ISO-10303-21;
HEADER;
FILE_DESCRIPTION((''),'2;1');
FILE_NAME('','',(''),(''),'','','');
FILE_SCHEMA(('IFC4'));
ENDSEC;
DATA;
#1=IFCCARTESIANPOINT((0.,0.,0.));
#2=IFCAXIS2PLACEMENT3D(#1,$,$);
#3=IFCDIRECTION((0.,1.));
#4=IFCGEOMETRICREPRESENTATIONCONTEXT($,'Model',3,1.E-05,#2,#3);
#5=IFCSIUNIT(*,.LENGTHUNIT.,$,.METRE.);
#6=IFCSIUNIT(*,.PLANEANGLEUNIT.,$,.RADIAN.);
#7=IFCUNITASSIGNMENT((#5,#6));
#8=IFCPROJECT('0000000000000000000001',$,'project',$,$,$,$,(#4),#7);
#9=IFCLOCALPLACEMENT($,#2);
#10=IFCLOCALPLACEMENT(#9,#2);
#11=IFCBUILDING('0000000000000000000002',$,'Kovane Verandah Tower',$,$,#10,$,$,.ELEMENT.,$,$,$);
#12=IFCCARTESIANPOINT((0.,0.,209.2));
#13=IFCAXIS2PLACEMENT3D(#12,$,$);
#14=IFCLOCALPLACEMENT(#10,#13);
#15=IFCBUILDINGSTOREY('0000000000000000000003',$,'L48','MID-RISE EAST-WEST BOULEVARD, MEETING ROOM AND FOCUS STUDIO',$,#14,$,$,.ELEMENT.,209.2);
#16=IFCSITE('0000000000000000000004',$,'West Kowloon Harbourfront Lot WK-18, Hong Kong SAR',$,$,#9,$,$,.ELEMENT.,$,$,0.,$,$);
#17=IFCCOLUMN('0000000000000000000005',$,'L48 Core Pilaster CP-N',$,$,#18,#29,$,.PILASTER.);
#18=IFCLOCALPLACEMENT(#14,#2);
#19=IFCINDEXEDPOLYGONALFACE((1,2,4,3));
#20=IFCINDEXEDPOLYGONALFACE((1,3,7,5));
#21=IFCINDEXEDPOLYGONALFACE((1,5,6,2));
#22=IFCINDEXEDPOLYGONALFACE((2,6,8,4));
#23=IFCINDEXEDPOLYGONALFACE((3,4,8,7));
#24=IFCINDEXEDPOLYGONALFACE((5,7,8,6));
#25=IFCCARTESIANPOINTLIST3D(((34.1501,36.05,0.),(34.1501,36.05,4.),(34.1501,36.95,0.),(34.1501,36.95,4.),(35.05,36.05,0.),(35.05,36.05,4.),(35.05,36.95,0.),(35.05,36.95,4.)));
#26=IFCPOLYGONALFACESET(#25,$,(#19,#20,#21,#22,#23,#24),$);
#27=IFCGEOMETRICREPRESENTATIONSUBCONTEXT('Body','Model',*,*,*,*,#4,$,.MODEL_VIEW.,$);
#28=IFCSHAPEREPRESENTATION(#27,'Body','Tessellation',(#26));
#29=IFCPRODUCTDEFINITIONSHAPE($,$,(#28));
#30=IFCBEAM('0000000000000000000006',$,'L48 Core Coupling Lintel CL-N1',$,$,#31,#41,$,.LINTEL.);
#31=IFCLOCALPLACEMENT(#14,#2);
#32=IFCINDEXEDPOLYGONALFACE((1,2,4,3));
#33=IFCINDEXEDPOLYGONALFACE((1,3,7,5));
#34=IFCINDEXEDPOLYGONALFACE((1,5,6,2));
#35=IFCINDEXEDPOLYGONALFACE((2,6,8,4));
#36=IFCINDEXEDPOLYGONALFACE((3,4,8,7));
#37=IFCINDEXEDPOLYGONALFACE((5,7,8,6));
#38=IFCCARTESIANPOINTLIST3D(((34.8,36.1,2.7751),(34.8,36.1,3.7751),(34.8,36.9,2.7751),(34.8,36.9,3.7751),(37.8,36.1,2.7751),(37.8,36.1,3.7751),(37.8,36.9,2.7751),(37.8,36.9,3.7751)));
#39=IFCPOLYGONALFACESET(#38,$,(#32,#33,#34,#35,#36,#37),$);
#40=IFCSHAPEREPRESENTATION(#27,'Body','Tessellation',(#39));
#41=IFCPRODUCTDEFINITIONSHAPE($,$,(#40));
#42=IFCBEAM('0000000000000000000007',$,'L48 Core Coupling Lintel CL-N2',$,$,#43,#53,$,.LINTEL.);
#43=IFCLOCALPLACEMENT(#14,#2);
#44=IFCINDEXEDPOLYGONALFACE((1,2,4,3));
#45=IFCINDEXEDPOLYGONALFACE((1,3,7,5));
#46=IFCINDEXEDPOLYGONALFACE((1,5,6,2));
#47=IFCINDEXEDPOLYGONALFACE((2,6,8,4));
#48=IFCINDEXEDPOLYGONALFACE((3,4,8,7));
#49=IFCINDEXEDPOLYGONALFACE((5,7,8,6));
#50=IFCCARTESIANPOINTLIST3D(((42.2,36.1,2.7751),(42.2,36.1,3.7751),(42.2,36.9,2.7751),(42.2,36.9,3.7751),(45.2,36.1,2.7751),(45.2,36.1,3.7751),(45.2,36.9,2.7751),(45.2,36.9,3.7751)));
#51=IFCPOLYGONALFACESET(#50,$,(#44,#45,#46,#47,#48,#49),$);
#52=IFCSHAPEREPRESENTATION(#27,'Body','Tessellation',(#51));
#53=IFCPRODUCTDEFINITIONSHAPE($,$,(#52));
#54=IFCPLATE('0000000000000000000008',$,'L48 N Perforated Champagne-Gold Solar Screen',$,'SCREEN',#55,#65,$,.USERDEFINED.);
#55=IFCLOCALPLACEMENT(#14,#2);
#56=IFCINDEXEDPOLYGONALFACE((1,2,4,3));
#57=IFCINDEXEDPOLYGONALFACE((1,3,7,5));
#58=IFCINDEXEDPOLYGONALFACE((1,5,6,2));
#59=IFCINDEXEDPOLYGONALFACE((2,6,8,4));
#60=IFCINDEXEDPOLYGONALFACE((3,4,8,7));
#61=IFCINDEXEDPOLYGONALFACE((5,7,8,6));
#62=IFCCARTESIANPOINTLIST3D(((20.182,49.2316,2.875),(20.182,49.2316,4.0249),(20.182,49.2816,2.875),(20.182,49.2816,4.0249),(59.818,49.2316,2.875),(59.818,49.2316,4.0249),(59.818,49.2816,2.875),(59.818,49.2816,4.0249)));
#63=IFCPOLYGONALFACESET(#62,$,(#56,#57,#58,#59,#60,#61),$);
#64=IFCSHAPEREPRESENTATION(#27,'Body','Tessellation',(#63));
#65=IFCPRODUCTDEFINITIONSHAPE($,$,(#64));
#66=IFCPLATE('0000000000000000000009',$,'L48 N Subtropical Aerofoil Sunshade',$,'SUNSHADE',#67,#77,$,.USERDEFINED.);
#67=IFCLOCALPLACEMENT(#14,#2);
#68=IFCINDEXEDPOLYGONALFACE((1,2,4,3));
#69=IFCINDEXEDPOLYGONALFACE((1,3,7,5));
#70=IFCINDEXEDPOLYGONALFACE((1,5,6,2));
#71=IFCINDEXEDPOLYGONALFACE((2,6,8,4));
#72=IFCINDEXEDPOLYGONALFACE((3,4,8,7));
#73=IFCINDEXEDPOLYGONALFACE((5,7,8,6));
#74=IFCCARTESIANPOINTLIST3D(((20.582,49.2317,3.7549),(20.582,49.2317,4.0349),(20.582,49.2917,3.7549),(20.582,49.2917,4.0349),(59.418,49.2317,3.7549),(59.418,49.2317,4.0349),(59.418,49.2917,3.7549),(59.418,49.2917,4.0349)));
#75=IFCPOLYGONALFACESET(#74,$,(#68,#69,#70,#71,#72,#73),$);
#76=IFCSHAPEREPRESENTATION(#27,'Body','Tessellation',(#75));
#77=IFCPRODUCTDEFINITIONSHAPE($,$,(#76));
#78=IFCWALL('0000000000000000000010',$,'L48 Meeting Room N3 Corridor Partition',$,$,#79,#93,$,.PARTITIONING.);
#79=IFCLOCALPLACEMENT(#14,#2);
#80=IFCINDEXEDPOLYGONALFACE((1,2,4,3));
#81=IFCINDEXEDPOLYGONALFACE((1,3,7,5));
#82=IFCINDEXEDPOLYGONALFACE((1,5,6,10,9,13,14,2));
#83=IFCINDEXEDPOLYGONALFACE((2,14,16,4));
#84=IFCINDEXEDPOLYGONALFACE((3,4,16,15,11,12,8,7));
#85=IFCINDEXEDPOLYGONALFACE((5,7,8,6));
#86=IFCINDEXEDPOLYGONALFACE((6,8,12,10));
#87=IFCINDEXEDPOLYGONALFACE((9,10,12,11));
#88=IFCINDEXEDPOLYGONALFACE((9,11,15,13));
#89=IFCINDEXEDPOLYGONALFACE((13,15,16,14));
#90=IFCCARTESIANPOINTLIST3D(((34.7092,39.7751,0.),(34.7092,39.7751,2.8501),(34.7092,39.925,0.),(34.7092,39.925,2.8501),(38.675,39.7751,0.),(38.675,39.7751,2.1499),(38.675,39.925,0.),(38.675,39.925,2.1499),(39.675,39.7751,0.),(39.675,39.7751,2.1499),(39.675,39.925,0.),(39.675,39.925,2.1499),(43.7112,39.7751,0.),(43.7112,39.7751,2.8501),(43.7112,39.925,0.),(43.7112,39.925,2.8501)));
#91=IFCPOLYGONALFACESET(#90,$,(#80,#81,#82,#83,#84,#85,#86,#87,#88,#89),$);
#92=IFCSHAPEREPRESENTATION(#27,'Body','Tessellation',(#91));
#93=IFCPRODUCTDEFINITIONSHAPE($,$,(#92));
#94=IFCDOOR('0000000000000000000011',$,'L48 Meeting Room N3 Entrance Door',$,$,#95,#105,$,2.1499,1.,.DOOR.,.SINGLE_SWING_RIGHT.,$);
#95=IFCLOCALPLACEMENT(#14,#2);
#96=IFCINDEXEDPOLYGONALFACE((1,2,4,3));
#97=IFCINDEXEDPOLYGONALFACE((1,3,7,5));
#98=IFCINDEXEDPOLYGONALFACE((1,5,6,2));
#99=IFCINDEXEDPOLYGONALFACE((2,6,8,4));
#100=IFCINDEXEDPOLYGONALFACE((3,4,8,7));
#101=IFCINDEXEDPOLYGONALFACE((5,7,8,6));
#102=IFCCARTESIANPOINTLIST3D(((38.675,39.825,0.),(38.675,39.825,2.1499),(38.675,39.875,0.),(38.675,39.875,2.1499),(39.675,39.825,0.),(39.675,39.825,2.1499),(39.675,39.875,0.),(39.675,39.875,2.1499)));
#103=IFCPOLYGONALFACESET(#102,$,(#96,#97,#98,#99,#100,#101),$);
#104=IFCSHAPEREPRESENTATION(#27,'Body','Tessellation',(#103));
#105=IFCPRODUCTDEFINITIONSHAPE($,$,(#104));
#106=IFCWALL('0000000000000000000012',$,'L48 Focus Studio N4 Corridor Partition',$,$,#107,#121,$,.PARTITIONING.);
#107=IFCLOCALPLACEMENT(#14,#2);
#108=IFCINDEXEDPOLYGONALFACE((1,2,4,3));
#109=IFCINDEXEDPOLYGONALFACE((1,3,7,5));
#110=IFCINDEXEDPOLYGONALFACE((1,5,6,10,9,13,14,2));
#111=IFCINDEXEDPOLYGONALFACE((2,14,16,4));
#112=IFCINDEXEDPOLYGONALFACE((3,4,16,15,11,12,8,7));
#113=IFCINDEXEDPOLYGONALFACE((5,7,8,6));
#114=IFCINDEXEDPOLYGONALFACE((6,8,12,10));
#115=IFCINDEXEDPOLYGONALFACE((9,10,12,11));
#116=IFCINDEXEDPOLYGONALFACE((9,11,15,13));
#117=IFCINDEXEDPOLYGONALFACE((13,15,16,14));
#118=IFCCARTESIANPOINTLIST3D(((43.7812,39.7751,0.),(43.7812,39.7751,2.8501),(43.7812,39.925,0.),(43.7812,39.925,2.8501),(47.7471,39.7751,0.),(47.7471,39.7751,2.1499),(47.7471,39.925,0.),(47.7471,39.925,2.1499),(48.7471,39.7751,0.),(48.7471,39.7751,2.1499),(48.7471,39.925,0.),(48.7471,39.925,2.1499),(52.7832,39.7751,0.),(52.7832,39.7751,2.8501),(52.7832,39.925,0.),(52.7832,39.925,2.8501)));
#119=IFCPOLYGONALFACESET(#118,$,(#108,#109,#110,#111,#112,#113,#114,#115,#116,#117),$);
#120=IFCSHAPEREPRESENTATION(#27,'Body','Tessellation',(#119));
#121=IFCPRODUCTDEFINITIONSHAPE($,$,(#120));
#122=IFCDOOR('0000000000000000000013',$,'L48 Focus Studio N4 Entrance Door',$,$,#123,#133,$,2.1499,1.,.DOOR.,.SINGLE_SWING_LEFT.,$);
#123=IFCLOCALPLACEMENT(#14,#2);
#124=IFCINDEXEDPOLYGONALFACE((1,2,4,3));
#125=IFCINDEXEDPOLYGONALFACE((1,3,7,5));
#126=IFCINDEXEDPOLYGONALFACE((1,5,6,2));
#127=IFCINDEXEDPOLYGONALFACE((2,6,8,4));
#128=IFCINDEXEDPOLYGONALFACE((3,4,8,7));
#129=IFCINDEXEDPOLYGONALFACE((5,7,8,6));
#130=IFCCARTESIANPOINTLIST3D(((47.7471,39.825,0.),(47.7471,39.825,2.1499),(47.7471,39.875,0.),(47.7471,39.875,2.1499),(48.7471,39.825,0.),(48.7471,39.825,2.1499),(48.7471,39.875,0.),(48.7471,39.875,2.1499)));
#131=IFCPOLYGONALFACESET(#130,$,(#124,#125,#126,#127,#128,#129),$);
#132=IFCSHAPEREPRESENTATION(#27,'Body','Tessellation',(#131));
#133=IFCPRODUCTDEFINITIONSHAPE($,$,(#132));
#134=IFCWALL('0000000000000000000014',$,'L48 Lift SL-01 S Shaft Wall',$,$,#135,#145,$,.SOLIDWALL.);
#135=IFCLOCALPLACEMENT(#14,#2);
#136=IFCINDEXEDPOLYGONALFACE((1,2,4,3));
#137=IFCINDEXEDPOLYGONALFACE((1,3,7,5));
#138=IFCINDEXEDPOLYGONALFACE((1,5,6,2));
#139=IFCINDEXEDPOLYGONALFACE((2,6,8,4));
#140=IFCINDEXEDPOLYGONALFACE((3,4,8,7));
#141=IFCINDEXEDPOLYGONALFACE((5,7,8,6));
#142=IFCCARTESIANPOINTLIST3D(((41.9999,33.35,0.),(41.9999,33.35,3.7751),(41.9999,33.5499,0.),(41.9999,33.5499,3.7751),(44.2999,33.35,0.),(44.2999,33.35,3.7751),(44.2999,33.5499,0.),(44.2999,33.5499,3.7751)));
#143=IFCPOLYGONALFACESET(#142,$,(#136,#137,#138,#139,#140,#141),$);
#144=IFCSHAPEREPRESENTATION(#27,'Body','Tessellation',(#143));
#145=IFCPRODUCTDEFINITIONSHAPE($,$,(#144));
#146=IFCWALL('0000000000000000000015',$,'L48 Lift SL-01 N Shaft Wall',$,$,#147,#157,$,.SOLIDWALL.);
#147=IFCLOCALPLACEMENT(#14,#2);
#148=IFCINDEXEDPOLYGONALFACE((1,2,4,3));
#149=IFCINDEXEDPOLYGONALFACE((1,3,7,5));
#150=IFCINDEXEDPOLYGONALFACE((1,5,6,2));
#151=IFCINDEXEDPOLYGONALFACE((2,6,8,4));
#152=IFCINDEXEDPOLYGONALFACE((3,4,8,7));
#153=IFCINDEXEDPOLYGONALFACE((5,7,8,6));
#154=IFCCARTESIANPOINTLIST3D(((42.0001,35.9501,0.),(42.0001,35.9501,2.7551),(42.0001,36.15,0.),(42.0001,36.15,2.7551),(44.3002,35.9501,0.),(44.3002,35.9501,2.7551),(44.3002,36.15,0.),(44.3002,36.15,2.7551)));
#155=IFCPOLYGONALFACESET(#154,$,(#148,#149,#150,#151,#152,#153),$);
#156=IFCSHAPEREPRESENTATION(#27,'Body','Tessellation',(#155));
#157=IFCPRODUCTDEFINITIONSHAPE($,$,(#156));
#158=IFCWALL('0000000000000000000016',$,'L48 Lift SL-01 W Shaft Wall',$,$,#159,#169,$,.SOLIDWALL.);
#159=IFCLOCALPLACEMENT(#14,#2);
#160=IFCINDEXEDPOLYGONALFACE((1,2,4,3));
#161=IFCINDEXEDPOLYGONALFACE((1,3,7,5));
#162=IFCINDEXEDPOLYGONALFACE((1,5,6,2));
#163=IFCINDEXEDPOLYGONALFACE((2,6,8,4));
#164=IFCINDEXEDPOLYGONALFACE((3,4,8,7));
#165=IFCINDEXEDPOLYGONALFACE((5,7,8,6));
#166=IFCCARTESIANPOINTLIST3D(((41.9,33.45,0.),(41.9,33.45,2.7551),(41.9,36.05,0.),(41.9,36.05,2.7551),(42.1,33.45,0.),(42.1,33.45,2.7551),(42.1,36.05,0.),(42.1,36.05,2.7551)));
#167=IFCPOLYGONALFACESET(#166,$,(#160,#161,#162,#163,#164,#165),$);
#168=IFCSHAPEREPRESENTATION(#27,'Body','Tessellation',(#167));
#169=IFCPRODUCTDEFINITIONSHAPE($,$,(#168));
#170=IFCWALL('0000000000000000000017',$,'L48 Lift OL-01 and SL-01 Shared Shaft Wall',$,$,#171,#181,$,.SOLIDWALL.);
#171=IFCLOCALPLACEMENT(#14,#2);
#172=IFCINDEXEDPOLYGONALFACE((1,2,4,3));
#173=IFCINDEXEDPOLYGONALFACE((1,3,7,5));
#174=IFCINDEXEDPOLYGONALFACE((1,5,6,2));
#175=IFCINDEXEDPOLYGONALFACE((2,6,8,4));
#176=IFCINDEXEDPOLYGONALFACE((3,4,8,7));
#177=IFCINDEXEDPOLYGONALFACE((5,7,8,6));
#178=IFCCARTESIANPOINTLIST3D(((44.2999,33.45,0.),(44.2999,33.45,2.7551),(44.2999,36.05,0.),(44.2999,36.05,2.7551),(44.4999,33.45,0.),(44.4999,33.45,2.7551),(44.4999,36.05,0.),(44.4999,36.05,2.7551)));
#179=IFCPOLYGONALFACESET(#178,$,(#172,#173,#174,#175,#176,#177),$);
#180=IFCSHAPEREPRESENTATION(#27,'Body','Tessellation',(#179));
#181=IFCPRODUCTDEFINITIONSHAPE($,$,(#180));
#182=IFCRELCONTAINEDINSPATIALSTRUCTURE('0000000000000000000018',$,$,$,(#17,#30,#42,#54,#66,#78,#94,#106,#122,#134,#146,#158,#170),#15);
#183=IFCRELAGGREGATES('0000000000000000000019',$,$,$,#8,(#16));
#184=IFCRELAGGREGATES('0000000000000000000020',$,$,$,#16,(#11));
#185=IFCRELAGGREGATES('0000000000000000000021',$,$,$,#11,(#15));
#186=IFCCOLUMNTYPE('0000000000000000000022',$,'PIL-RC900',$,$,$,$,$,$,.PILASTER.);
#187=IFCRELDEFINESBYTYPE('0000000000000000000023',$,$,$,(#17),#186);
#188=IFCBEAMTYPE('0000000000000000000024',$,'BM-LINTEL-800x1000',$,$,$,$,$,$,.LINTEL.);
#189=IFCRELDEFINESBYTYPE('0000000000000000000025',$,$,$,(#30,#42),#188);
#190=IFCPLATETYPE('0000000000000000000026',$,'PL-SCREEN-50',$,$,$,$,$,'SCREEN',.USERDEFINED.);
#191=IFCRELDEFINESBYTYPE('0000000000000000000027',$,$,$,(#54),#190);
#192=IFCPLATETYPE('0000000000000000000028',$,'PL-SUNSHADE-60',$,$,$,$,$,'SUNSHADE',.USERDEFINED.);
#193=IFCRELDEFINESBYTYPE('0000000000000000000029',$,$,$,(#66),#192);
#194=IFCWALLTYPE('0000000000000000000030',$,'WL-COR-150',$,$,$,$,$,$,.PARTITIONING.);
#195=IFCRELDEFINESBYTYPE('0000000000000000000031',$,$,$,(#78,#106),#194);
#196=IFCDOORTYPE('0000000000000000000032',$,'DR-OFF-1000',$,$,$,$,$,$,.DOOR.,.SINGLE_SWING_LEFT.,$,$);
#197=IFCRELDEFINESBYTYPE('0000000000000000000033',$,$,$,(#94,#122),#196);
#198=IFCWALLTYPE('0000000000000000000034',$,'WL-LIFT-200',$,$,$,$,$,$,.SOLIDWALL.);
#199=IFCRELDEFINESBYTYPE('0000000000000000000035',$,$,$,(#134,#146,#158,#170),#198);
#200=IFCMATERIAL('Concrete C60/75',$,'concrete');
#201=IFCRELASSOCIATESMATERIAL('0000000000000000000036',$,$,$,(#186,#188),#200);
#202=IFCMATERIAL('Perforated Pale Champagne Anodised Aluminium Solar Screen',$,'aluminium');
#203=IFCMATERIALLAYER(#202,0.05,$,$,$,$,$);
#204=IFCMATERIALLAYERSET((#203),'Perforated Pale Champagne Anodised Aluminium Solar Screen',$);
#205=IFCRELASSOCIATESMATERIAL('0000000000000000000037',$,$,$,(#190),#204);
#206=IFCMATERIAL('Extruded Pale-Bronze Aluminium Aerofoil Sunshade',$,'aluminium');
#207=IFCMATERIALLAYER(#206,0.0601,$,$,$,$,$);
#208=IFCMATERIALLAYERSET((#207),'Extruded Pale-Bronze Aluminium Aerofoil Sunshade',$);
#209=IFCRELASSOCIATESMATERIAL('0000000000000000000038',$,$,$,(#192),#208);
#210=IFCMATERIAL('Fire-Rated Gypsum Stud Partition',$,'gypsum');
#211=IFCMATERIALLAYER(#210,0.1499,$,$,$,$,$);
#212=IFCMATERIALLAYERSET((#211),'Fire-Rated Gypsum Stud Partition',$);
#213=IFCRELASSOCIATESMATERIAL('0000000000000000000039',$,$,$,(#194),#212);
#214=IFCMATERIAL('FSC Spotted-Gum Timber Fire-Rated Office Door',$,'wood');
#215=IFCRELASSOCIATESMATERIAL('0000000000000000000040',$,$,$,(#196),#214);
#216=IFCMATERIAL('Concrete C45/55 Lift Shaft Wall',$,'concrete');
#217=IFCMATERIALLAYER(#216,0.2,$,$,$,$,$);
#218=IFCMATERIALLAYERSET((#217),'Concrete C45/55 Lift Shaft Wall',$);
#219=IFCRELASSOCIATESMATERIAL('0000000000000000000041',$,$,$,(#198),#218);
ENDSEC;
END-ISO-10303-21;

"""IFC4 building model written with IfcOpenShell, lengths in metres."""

from ifc_helpers import new_model, si_unit, direction, frame, frame_2d, origin, origin_2d, place, context, subcontext, project, spatial, rectangle, extrude, material, layer, layer_set, material_profile, profile_set, type_object, element, fill, save


model = new_model("IFC4")

# Units and contexts
model_context = context("Model", 3, precision=1e-05, world=origin(), true_north=direction((0.0, 1.0)))
body_context = subcontext(model_context, "Body", "Model", "MODEL_VIEW")
ifc_project = project(units=[si_unit("LENGTHUNIT", "METRE"), si_unit("PLANEANGLEUNIT", "RADIAN")], contexts=[model_context])

# Site, building, storey
site_placement = place(None, origin())
site = spatial("IfcSite", under=ifc_project, at=site_placement, Name="West Kowloon Harbourfront Lot WK-18, Hong Kong SAR", CompositionType="ELEMENT", RefElevation=0.0)
building_placement = place(site_placement, origin())
building = spatial("IfcBuilding", under=site, at=building_placement, Name="Kovane Verandah Tower", CompositionType="ELEMENT")
storey_placement = place(building_placement, frame((0.0, 0.0, 209.2)))
storey = spatial("IfcBuildingStorey", under=building, at=storey_placement, Name="L48", Description="MID-RISE EAST-WEST BOULEVARD, MEETING ROOM AND FOCUS STUDIO", CompositionType="ELEMENT", Elevation=209.2)

# Column
ifc_material_1 = material(Name="Concrete C60/75", Category="concrete")
ifc_material_profile_1 = material_profile(ifc_material_1, rectangle(XDim=0.8999, YDim=0.8999, at=origin_2d()), Name="RC900x900")
ifc_profile_set_1 = profile_set([ifc_material_profile_1], Name="Concrete C60/75")
column_type = type_object("IfcColumnType", Name="PIL-RC900", PredefinedType="PILASTER", material=ifc_profile_set_1)
column_placement = place(storey_placement, frame((34.6001, 36.5, 0.0), z_axis=(0.0, 0.0, 1.0), x_axis=(1.0, 0.0, 0.0)))
element("IfcColumn", 1, at=column_placement, inside=storey, type_object=column_type, Name="L48 Core Pilaster CP-N", PredefinedType="PILASTER", context=body_context, shape_type="SweptSolid", body=[
    extrude(rectangle(XDim=0.8999, YDim=0.8999, at=origin_2d()), origin(), (0.0, 0.0, 1.0), 4.0),
])

# Beams
ifc_material_profile_2 = material_profile(ifc_material_1, rectangle(XDim=0.8, YDim=1.0, at=origin_2d()), Name="RCB800x1000")
ifc_profile_set_2 = profile_set([ifc_material_profile_2], Name="Concrete C60/75")
beam_type = type_object("IfcBeamType", Name="BM-LINTEL-800x1000", PredefinedType="LINTEL", material=ifc_profile_set_2)
for number, where, z_axis, x_axis, name in (
    (2, (34.8, 36.5, 3.2751), (1.0, 0.0, 0.0), (0.0, 1.0, 0.0), "L48 Core Coupling Lintel CL-N1"),
    (3, (42.2, 36.5, 3.2751), (1.0, 0.0, 0.0), (0.0, 1.0, 0.0), "L48 Core Coupling Lintel CL-N2"),
):
    element("IfcBeam", number, at=place(storey_placement, frame(where, z_axis=z_axis, x_axis=x_axis)), inside=storey, type_object=beam_type, Name=name, PredefinedType="LINTEL", context=body_context, shape_type="SweptSolid", body=[
        extrude(rectangle(XDim=0.8, YDim=1.0, at=origin_2d()), origin(), (0.0, 0.0, 1.0), 3.0),
    ])

# Plates
ifc_material_2 = material(Name="Perforated Pale Champagne Anodised Aluminium Solar Screen", Category="aluminium")
ifc_layer_1 = layer(ifc_material_2, 0.05)
ifc_layer_set_1 = layer_set([ifc_layer_1], Name="Perforated Pale Champagne Anodised Aluminium Solar Screen")
plate_type_1 = type_object("IfcPlateType", Name="PL-SCREEN-50", ElementType="SCREEN", PredefinedType="USERDEFINED", material=ifc_layer_set_1)
plate_1_placement = place(storey_placement, frame((40.0, 49.2566, 2.875), z_axis=(0.0, 0.0, 1.0), x_axis=(-1.0, 0.0, 0.0)))
element("IfcPlate", 4, at=plate_1_placement, inside=storey, type_object=plate_type_1, Name="L48 N Perforated Champagne-Gold Solar Screen", ObjectType="SCREEN", PredefinedType="USERDEFINED", context=body_context, shape_type="SweptSolid", body=[
    extrude(rectangle(XDim=39.636, YDim=0.05, at=origin_2d()), origin(), (0.0, 0.0, 1.0), 1.1499),
])
ifc_material_3 = material(Name="Extruded Pale-Bronze Aluminium Aerofoil Sunshade", Category="aluminium")
ifc_layer_2 = layer(ifc_material_3, 0.0601)
ifc_layer_set_2 = layer_set([ifc_layer_2], Name="Extruded Pale-Bronze Aluminium Aerofoil Sunshade")
plate_type_2 = type_object("IfcPlateType", Name="PL-SUNSHADE-60", ElementType="SUNSHADE", PredefinedType="USERDEFINED", material=ifc_layer_set_2)
plate_2_placement = place(storey_placement, frame((40.0, 49.2617, 3.7549), z_axis=(0.0, 0.0, 1.0), x_axis=(-1.0, 0.0, 0.0)))
element("IfcPlate", 5, at=plate_2_placement, inside=storey, type_object=plate_type_2, Name="L48 N Subtropical Aerofoil Sunshade", ObjectType="SUNSHADE", PredefinedType="USERDEFINED", context=body_context, shape_type="SweptSolid", body=[
    extrude(rectangle(XDim=38.8359, YDim=0.0601, at=origin_2d()), origin(), (0.0, 0.0, 1.0), 0.28),
])

# Walls, openings, doors
ifc_material_4 = material(Name="Fire-Rated Gypsum Stud Partition", Category="gypsum")
ifc_layer_3 = layer(ifc_material_4, 0.1499)
ifc_layer_set_3 = layer_set([ifc_layer_3], Name="Fire-Rated Gypsum Stud Partition")
wall_type_1 = type_object("IfcWallType", Name="WL-COR-150", PredefinedType="PARTITIONING", material=ifc_layer_set_3)
ifc_material_5 = material(Name="FSC Spotted-Gum Timber Fire-Rated Office Door", Category="wood")
door_type_1 = type_object("IfcDoorType", Name="DR-OFF-1000", OperationType="SINGLE_SWING_LEFT", PredefinedType="DOOR", material=ifc_material_5)
wall_1_placement = place(storey_placement, frame((34.7092, 39.8501, 0.0), z_axis=(0.0, 0.0, 1.0), x_axis=(1.0, 0.0, 0.0)))
wall_1 = element("IfcWall", 6, at=wall_1_placement, inside=storey, type_object=wall_type_1, Name="L48 Meeting Room N3 Corridor Partition", PredefinedType="PARTITIONING", context=body_context, shape_type="SweptSolid", body=[
    extrude(rectangle(XDim=9.002, YDim=0.1499, at=frame_2d((4.501, 0.0))), origin(), (0.0, 0.0, 1.0), 2.8501),
])
opening_1_placement = place(wall_1_placement, frame((3.9658, 0.0, 0.0)))
opening_1 = element("IfcOpeningElement", 7, at=opening_1_placement, cuts=wall_1, PredefinedType="OPENING", context=body_context, shape_type="SweptSolid", body=[
    extrude(rectangle(XDim=1.0, YDim=2.1499, at=frame_2d((0.5, 1.075))), frame((0.0, 0.075, 0.0), z_axis=(0.0, -1.0, 0.0), x_axis=(1.0, 0.0, 0.0)), (0.0, 0.0, 1.0), 0.1499),
])
door_1_placement = place(opening_1_placement, origin())
door_1 = element("IfcDoor", 8, at=door_1_placement, inside=storey, type_object=door_type_1, Name="L48 Meeting Room N3 Entrance Door", OperationType="SINGLE_SWING_RIGHT", OverallHeight=2.1499, OverallWidth=1.0, PredefinedType="DOOR", context=body_context, shape_type="SweptSolid", body=[
    extrude(rectangle(XDim=1.0, YDim=2.1499, at=frame_2d((0.5, 1.075))), frame((0.0, 0.0249, 0.0), z_axis=(0.0, -1.0, 0.0), x_axis=(1.0, 0.0, 0.0)), (0.0, 0.0, 1.0), 0.05),
])
fill(opening_1, door_1)
wall_2_placement = place(storey_placement, frame((43.7812, 39.8501, 0.0), z_axis=(0.0, 0.0, 1.0), x_axis=(1.0, 0.0, 0.0)))
wall_2 = element("IfcWall", 9, at=wall_2_placement, inside=storey, type_object=wall_type_1, Name="L48 Focus Studio N4 Corridor Partition", PredefinedType="PARTITIONING", context=body_context, shape_type="SweptSolid", body=[
    extrude(rectangle(XDim=9.002, YDim=0.1499, at=frame_2d((4.501, 0.0))), origin(), (0.0, 0.0, 1.0), 2.8501),
])
opening_2_placement = place(wall_2_placement, frame((3.9658, 0.0, 0.0)))
opening_2 = element("IfcOpeningElement", 10, at=opening_2_placement, cuts=wall_2, PredefinedType="OPENING", context=body_context, shape_type="SweptSolid", body=[
    extrude(rectangle(XDim=1.0, YDim=2.1499, at=frame_2d((0.5, 1.075))), frame((0.0, 0.075, 0.0), z_axis=(0.0, -1.0, 0.0), x_axis=(1.0, 0.0, 0.0)), (0.0, 0.0, 1.0), 0.1499),
])
door_2_placement = place(opening_2_placement, origin())
door_2 = element("IfcDoor", 11, at=door_2_placement, inside=storey, type_object=door_type_1, Name="L48 Focus Studio N4 Entrance Door", OperationType="SINGLE_SWING_LEFT", OverallHeight=2.1499, OverallWidth=1.0, PredefinedType="DOOR", context=body_context, shape_type="SweptSolid", body=[
    extrude(rectangle(XDim=1.0, YDim=2.1499, at=frame_2d((0.5, 1.075))), frame((0.0, 0.0249, 0.0), z_axis=(0.0, -1.0, 0.0), x_axis=(1.0, 0.0, 0.0)), (0.0, 0.0, 1.0), 0.05),
])
fill(opening_2, door_2)

# Walls
ifc_material_6 = material(Name="Concrete C45/55 Lift Shaft Wall", Category="concrete")
ifc_layer_4 = layer(ifc_material_6, 0.2)
ifc_layer_set_4 = layer_set([ifc_layer_4], Name="Concrete C45/55 Lift Shaft Wall")
wall_type_2 = type_object("IfcWallType", Name="WL-LIFT-200", PredefinedType="SOLIDWALL", material=ifc_layer_set_4)
wall_3_placement = place(storey_placement, frame((42.0, 33.45, 0.0), z_axis=(0.0, 0.0, 1.0), x_axis=(1.0, 0.0, 0.0)))
element("IfcWall", 12, at=wall_3_placement, inside=storey, type_object=wall_type_2, Name="L48 Lift SL-01 S Shaft Wall", PredefinedType="SOLIDWALL", context=body_context, shape_type="SweptSolid", body=[
    extrude(rectangle(XDim=2.3, YDim=0.2, at=frame_2d((1.1499, 0.0))), origin(), (0.0, 0.0, 1.0), 3.7751),
])
wall_4_placement = place(storey_placement, frame((44.3, 36.05, 0.0), z_axis=(0.0, 0.0, 1.0), x_axis=(-1.0, 0.0, 0.0)))
element("IfcWall", 13, at=wall_4_placement, inside=storey, type_object=wall_type_2, Name="L48 Lift SL-01 N Shaft Wall", PredefinedType="SOLIDWALL", context=body_context, shape_type="SweptSolid", body=[
    extrude(rectangle(XDim=2.3, YDim=0.2, at=frame_2d((1.1499, 0.0))), origin(), (0.0, 0.0, 1.0), 2.7551),
])
for number, where, z_axis, x_axis, name in (
    (14, (42.0, 36.05, 0.0), (0.0, 0.0, 1.0), (0.0, -1.0, 0.0), "L48 Lift SL-01 W Shaft Wall"),
    (15, (44.3999, 33.45, 0.0), (0.0, 0.0, 1.0), (0.0, 1.0, 0.0), "L48 Lift OL-01 and SL-01 Shared Shaft Wall"),
):
    element("IfcWall", number, at=place(storey_placement, frame(where, z_axis=z_axis, x_axis=x_axis)), inside=storey, type_object=wall_type_2, Name=name, PredefinedType="SOLIDWALL", context=body_context, shape_type="SweptSolid", body=[
        extrude(rectangle(XDim=2.6001, YDim=0.2, at=frame_2d((1.3, 0.0))), origin(), (0.0, 0.0, 1.0), 2.7551),
    ])

save(model, "model.ifc")
